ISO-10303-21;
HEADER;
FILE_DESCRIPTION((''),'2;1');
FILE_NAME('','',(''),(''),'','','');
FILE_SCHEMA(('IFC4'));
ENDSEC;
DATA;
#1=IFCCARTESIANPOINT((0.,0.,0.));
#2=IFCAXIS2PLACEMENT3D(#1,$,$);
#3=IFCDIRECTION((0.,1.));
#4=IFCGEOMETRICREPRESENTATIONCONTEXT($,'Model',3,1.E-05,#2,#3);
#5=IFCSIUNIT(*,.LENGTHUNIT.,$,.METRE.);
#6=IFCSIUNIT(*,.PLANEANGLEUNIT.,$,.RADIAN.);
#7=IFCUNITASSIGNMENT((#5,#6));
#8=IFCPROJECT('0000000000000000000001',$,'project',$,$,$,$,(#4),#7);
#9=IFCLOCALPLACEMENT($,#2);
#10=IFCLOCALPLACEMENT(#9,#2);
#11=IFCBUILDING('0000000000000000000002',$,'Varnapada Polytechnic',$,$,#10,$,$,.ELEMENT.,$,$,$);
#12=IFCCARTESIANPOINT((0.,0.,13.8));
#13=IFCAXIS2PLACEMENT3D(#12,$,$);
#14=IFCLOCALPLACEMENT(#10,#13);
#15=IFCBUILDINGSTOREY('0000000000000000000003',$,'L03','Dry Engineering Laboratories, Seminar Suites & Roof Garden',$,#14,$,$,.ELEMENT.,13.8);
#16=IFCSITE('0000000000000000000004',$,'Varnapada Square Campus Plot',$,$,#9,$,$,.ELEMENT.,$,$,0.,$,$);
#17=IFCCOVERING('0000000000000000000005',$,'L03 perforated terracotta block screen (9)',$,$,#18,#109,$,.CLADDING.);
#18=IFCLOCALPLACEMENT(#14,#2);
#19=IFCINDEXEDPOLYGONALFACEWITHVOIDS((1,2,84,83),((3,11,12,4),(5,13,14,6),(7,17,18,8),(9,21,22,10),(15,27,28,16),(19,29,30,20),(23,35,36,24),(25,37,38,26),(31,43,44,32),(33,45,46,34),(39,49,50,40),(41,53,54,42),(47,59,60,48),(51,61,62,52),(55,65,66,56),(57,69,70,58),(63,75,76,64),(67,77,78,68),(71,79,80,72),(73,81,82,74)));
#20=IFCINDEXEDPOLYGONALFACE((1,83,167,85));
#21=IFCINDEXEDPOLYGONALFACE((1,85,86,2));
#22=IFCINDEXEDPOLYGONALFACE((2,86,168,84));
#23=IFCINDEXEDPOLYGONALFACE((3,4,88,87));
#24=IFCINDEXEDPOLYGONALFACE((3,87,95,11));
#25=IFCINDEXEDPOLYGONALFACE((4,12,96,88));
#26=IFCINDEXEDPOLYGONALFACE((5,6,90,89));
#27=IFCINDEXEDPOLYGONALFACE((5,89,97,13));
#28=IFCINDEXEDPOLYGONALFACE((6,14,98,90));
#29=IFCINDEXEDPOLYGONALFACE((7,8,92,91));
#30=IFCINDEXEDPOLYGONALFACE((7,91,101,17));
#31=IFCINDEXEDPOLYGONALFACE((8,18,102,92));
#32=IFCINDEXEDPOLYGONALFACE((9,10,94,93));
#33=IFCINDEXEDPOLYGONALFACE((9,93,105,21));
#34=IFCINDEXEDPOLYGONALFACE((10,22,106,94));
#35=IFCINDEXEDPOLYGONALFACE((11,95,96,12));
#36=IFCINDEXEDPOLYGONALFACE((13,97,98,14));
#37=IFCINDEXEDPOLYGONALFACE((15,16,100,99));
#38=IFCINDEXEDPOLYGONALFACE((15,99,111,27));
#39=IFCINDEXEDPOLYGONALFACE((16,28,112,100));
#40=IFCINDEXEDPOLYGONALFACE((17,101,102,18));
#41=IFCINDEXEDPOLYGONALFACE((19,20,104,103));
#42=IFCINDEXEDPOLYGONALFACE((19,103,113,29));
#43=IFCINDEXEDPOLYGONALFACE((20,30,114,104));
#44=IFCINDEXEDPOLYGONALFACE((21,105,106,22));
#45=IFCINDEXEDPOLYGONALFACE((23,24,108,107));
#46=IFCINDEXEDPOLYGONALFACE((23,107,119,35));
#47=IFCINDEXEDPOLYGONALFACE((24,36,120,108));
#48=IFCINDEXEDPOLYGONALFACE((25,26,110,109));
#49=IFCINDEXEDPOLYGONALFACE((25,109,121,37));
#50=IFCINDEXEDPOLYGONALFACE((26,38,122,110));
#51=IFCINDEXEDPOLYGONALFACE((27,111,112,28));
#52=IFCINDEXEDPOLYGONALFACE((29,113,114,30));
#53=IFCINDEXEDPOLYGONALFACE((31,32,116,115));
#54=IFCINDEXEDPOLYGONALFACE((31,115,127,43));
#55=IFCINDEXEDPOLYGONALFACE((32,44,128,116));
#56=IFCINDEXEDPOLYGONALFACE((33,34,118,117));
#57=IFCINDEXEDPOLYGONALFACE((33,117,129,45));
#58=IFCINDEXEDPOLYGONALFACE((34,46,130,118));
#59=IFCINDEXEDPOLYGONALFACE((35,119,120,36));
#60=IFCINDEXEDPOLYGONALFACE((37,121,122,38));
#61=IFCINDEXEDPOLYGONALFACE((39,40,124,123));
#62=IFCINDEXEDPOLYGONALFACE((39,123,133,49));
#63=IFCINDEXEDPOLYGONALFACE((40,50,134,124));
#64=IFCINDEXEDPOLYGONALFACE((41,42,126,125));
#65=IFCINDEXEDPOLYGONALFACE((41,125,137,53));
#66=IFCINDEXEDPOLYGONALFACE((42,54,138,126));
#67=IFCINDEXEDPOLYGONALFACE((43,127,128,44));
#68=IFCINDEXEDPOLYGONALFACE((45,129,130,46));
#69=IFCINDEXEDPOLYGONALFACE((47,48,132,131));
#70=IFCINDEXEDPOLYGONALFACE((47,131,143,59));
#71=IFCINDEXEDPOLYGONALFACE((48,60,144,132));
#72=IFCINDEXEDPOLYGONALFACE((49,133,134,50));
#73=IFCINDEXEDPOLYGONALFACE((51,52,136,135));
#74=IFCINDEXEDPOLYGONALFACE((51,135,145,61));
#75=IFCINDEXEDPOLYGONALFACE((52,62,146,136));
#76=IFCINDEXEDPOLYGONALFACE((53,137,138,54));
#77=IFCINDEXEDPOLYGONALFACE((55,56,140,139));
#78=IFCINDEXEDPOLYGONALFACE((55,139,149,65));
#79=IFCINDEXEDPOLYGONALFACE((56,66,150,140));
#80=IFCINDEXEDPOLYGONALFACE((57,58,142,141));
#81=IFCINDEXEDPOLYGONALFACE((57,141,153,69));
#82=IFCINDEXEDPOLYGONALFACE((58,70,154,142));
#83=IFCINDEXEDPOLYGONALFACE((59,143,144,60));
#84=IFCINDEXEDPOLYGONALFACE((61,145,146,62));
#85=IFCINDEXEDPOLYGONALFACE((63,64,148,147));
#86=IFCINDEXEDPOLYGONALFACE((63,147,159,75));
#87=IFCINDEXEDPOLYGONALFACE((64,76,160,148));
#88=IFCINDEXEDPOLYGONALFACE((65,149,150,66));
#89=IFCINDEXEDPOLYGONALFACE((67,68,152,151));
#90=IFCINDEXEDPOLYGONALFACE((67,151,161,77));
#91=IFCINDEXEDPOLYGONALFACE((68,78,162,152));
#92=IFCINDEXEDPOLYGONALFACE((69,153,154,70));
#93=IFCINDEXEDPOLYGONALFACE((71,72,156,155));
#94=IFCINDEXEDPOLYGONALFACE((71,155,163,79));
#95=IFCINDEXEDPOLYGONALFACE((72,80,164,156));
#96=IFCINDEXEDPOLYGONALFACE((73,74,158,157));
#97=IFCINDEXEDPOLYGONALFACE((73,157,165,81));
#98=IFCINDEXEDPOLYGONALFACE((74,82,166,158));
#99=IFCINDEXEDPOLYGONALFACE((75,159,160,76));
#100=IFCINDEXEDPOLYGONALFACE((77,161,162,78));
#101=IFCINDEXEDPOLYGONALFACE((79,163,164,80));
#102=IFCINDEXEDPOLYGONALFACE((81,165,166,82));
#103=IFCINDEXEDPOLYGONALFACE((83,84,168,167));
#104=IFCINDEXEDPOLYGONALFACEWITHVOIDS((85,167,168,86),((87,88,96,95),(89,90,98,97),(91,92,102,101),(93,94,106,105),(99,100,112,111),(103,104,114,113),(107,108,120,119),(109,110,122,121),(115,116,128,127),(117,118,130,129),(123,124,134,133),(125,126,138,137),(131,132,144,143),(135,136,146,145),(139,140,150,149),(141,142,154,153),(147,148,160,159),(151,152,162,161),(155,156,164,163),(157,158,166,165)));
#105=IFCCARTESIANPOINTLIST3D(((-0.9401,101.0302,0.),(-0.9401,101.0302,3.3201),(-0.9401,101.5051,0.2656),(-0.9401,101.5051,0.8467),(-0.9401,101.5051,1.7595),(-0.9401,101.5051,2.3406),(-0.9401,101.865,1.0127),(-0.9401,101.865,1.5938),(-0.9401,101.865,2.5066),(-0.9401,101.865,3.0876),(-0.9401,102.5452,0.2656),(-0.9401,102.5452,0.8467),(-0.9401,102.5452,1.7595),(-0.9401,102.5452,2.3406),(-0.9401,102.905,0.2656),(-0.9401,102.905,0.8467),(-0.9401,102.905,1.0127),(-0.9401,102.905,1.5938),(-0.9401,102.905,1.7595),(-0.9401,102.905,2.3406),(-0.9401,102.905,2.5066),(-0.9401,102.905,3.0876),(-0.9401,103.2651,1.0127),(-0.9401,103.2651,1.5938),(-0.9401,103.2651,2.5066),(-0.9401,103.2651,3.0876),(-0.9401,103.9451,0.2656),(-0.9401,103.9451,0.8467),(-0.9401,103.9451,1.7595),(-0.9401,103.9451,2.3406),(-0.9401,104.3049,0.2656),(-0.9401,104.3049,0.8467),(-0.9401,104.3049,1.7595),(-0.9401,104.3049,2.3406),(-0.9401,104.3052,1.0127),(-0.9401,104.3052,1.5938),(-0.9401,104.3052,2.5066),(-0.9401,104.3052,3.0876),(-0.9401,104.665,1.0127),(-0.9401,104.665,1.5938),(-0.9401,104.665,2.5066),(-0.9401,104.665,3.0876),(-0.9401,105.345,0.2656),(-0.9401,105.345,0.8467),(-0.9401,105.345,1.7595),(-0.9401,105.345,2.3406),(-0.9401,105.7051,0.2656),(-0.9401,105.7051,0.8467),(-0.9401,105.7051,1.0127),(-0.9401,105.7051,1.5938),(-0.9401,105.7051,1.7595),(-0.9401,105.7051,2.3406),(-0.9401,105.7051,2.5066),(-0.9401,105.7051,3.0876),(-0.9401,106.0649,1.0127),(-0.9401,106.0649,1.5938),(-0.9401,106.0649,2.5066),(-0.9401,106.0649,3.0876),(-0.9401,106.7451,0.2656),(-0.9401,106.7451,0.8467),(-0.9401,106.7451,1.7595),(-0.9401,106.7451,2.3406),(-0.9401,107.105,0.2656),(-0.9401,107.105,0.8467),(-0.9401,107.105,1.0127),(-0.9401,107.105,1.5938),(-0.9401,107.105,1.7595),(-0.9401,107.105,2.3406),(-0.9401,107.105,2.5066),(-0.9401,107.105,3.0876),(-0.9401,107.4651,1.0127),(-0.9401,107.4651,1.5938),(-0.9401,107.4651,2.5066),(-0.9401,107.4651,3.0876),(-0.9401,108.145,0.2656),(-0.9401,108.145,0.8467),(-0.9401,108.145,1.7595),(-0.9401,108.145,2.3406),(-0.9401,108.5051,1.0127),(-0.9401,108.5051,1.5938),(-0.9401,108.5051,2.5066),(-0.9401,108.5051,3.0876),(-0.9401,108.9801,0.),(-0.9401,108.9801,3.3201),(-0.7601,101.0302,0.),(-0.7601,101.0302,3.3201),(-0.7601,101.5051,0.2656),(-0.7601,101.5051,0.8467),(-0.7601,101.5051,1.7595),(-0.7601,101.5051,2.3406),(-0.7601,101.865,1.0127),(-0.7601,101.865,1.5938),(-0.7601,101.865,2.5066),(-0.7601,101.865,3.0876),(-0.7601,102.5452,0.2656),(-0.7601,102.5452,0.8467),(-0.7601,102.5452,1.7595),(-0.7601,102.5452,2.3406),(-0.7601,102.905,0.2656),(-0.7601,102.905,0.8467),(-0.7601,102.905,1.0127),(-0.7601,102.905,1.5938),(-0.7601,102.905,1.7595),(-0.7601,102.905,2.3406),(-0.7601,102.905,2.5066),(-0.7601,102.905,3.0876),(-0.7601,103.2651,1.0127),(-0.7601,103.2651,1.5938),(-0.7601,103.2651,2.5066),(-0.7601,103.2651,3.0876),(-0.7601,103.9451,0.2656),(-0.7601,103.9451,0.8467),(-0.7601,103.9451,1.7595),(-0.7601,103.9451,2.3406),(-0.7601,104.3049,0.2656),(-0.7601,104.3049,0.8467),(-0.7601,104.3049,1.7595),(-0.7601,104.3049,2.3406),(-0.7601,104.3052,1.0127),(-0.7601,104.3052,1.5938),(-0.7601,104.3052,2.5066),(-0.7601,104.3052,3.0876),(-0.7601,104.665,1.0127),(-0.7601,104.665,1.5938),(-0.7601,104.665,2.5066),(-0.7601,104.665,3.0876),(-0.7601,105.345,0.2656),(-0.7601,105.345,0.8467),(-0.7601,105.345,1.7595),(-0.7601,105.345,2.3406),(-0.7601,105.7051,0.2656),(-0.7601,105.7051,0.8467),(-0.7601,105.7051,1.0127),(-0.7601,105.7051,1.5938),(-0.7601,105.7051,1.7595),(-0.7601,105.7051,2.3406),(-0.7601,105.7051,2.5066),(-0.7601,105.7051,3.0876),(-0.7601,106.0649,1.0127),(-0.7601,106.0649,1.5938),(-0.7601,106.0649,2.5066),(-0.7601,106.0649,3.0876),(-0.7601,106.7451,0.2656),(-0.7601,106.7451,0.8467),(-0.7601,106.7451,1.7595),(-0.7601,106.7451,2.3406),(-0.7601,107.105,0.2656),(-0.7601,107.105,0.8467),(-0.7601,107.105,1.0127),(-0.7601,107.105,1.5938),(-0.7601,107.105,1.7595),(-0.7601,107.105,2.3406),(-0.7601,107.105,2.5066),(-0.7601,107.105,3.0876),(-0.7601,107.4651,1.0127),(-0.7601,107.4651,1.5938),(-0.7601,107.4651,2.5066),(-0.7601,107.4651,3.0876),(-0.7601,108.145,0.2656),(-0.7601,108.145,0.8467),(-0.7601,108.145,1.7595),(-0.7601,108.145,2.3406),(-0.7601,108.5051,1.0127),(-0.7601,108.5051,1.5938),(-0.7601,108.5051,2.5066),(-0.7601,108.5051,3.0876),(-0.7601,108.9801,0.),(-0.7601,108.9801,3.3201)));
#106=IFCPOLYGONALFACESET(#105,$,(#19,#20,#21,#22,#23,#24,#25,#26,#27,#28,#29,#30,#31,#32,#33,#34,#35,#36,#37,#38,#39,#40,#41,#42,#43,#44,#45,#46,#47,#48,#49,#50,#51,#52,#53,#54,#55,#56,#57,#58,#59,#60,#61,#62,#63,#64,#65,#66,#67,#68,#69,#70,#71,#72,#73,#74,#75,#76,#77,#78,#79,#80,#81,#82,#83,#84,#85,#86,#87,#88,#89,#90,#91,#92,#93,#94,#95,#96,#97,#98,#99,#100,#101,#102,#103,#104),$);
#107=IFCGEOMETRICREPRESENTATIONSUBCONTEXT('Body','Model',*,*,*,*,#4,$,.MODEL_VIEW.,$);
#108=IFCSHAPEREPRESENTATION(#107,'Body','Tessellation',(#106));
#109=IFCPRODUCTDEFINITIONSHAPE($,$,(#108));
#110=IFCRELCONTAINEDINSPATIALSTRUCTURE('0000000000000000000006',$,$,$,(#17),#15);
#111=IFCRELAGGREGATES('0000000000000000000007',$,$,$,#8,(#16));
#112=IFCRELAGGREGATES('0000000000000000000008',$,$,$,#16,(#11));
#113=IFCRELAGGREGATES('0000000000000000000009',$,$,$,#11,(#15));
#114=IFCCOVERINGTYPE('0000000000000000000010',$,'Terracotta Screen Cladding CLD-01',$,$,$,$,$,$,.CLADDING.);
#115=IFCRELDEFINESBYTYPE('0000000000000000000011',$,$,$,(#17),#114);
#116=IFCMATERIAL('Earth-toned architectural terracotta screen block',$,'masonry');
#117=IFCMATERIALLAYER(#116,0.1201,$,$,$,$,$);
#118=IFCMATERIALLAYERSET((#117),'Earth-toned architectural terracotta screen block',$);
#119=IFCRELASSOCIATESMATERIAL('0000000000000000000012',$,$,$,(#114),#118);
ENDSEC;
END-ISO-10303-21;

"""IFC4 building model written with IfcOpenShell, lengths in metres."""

from ifc_helpers import new_model, si_unit, direction, frame, frame_2d, origin, place, context, subcontext, project, spatial, rectangle, extrude, material, layer, layer_set, type_object, element, save


model = new_model("IFC4")

# Units and contexts
model_context = context("Model", 3, precision=1e-05, world=origin(), true_north=direction((0.0, 1.0)))
body_context = subcontext(model_context, "Body", "Model", "MODEL_VIEW")
ifc_project = project(units=[si_unit("LENGTHUNIT", "METRE"), si_unit("PLANEANGLEUNIT", "RADIAN")], contexts=[model_context])

# Site, building, storey
site_placement = place(None, origin())
site = spatial("IfcSite", under=ifc_project, at=site_placement, Name="Varnapada Square Campus Plot", CompositionType="ELEMENT", RefElevation=0.0)
building_placement = place(site_placement, origin())
building = spatial("IfcBuilding", under=site, at=building_placement, Name="Varnapada Polytechnic", CompositionType="ELEMENT")
storey_placement = place(building_placement, frame((0.0, 0.0, 13.8)))
storey = spatial("IfcBuildingStorey", under=building, at=storey_placement, Name="L03", Description="Dry Engineering Laboratories, Seminar Suites & Roof Garden", CompositionType="ELEMENT", Elevation=13.8)

# Covering, openings
ifc_material_1 = material(Name="Earth-toned architectural terracotta screen block", Category="masonry")
ifc_layer_1 = layer(ifc_material_1, 0.1201)
ifc_layer_set_1 = layer_set([ifc_layer_1], Name="Earth-toned architectural terracotta screen block")
covering_type = type_object("IfcCoveringType", Name="Terracotta Screen Cladding CLD-01", PredefinedType="CLADDING", material=ifc_layer_set_1)
covering_placement = place(storey_placement, frame((-0.8501, 101.03, 0.0), z_axis=(0.0, 0.0, 1.0), x_axis=(0.0, 1.0, 0.0)))
covering = element("IfcCovering", 1, at=covering_placement, inside=storey, type_object=covering_type, Name="L03 perforated terracotta block screen (9)", PredefinedType="CLADDING", context=body_context, shape_type="SweptSolid", body=[
    extrude(rectangle(XDim=7.95, YDim=0.1799, at=frame_2d((3.9751, 0.0))), origin(), (0.0, 0.0, 1.0), 3.3201),
])
opening_1_placement = place(covering_placement, frame((0.4751, 0.0, 0.2656)))
element("IfcOpeningElement", 2, at=opening_1_placement, cuts=covering, PredefinedType="OPENING", context=body_context, shape_type="SweptSolid", body=[
    extrude(rectangle(XDim=1.04, YDim=0.5811, at=frame_2d((0.52, 0.2905))), frame((0.0, 0.0999, 0.0), z_axis=(0.0, -1.0, 0.0), x_axis=(1.0, 0.0, 0.0)), (0.0, 0.0, 1.0), 0.2),
])
opening_2_placement = place(covering_placement, frame((1.875, 0.0, 0.2656)))
element("IfcOpeningElement", 3, at=opening_2_placement, cuts=covering, PredefinedType="OPENING", context=body_context, shape_type="SweptSolid", body=[
    extrude(rectangle(XDim=1.04, YDim=0.5811, at=frame_2d((0.52, 0.2905))), frame((0.0, 0.0999, 0.0), z_axis=(0.0, -1.0, 0.0), x_axis=(1.0, 0.0, 0.0)), (0.0, 0.0, 1.0), 0.2),
])
opening_3_placement = place(covering_placement, frame((3.2749, 0.0, 0.2656)))
element("IfcOpeningElement", 4, at=opening_3_placement, cuts=covering, PredefinedType="OPENING", context=body_context, shape_type="SweptSolid", body=[
    extrude(rectangle(XDim=1.04, YDim=0.5811, at=frame_2d((0.52, 0.2905))), frame((0.0, 0.0999, 0.0), z_axis=(0.0, -1.0, 0.0), x_axis=(1.0, 0.0, 0.0)), (0.0, 0.0, 1.0), 0.2),
])
opening_4_placement = place(covering_placement, frame((4.675, 0.0, 0.2656)))
element("IfcOpeningElement", 5, at=opening_4_placement, cuts=covering, PredefinedType="OPENING", context=body_context, shape_type="SweptSolid", body=[
    extrude(rectangle(XDim=1.04, YDim=0.5811, at=frame_2d((0.52, 0.2905))), frame((0.0, 0.0999, 0.0), z_axis=(0.0, -1.0, 0.0), x_axis=(1.0, 0.0, 0.0)), (0.0, 0.0, 1.0), 0.2),
])
opening_5_placement = place(covering_placement, frame((6.075, 0.0, 0.2656)))
element("IfcOpeningElement", 6, at=opening_5_placement, cuts=covering, PredefinedType="OPENING", context=body_context, shape_type="SweptSolid", body=[
    extrude(rectangle(XDim=1.04, YDim=0.5811, at=frame_2d((0.52, 0.2905))), frame((0.0, 0.0999, 0.0), z_axis=(0.0, -1.0, 0.0), x_axis=(1.0, 0.0, 0.0)), (0.0, 0.0, 1.0), 0.2),
])
opening_6_placement = place(covering_placement, frame((0.835, 0.0, 1.0127)))
element("IfcOpeningElement", 7, at=opening_6_placement, cuts=covering, PredefinedType="OPENING", context=body_context, shape_type="SweptSolid", body=[
    extrude(rectangle(XDim=1.04, YDim=0.5811, at=frame_2d((0.52, 0.2905))), frame((0.0, 0.0999, 0.0), z_axis=(0.0, -1.0, 0.0), x_axis=(1.0, 0.0, 0.0)), (0.0, 0.0, 1.0), 0.2),
])
opening_7_placement = place(covering_placement, frame((2.2351, 0.0, 1.0127)))
element("IfcOpeningElement", 8, at=opening_7_placement, cuts=covering, PredefinedType="OPENING", context=body_context, shape_type="SweptSolid", body=[
    extrude(rectangle(XDim=1.04, YDim=0.5811, at=frame_2d((0.52, 0.2905))), frame((0.0, 0.0999, 0.0), z_axis=(0.0, -1.0, 0.0), x_axis=(1.0, 0.0, 0.0)), (0.0, 0.0, 1.0), 0.2),
])
opening_8_placement = place(covering_placement, frame((3.635, 0.0, 1.0127)))
element("IfcOpeningElement", 9, at=opening_8_placement, cuts=covering, PredefinedType="OPENING", context=body_context, shape_type="SweptSolid", body=[
    extrude(rectangle(XDim=1.04, YDim=0.5811, at=frame_2d((0.52, 0.2905))), frame((0.0, 0.0999, 0.0), z_axis=(0.0, -1.0, 0.0), x_axis=(1.0, 0.0, 0.0)), (0.0, 0.0, 1.0), 0.2),
])
opening_9_placement = place(covering_placement, frame((5.0349, 0.0, 1.0127)))
element("IfcOpeningElement", 10, at=opening_9_placement, cuts=covering, PredefinedType="OPENING", context=body_context, shape_type="SweptSolid", body=[
    extrude(rectangle(XDim=1.04, YDim=0.5811, at=frame_2d((0.52, 0.2905))), frame((0.0, 0.0999, 0.0), z_axis=(0.0, -1.0, 0.0), x_axis=(1.0, 0.0, 0.0)), (0.0, 0.0, 1.0), 0.2),
])
opening_10_placement = place(covering_placement, frame((6.4351, 0.0, 1.0127)))
element("IfcOpeningElement", 11, at=opening_10_placement, cuts=covering, PredefinedType="OPENING", context=body_context, shape_type="SweptSolid", body=[
    extrude(rectangle(XDim=1.04, YDim=0.5811, at=frame_2d((0.52, 0.2905))), frame((0.0, 0.0999, 0.0), z_axis=(0.0, -1.0, 0.0), x_axis=(1.0, 0.0, 0.0)), (0.0, 0.0, 1.0), 0.2),
])
opening_11_placement = place(covering_placement, frame((0.4751, 0.0, 1.7595)))
element("IfcOpeningElement", 12, at=opening_11_placement, cuts=covering, PredefinedType="OPENING", context=body_context, shape_type="SweptSolid", body=[
    extrude(rectangle(XDim=1.04, YDim=0.5811, at=frame_2d((0.52, 0.2905))), frame((0.0, 0.0999, 0.0), z_axis=(0.0, -1.0, 0.0), x_axis=(1.0, 0.0, 0.0)), (0.0, 0.0, 1.0), 0.2),
])
opening_12_placement = place(covering_placement, frame((1.875, 0.0, 1.7595)))
element("IfcOpeningElement", 13, at=opening_12_placement, cuts=covering, PredefinedType="OPENING", context=body_context, shape_type="SweptSolid", body=[
    extrude(rectangle(XDim=1.04, YDim=0.5811, at=frame_2d((0.52, 0.2905))), frame((0.0, 0.0999, 0.0), z_axis=(0.0, -1.0, 0.0), x_axis=(1.0, 0.0, 0.0)), (0.0, 0.0, 1.0), 0.2),
])
opening_13_placement = place(covering_placement, frame((3.2749, 0.0, 1.7595)))
element("IfcOpeningElement", 14, at=opening_13_placement, cuts=covering, PredefinedType="OPENING", context=body_context, shape_type="SweptSolid", body=[
    extrude(rectangle(XDim=1.04, YDim=0.5811, at=frame_2d((0.52, 0.2905))), frame((0.0, 0.0999, 0.0), z_axis=(0.0, -1.0, 0.0), x_axis=(1.0, 0.0, 0.0)), (0.0, 0.0, 1.0), 0.2),
])
opening_14_placement = place(covering_placement, frame((4.675, 0.0, 1.7595)))
element("IfcOpeningElement", 15, at=opening_14_placement, cuts=covering, PredefinedType="OPENING", context=body_context, shape_type="SweptSolid", body=[
    extrude(rectangle(XDim=1.04, YDim=0.5811, at=frame_2d((0.52, 0.2905))), frame((0.0, 0.0999, 0.0), z_axis=(0.0, -1.0, 0.0), x_axis=(1.0, 0.0, 0.0)), (0.0, 0.0, 1.0), 0.2),
])
opening_15_placement = place(covering_placement, frame((6.075, 0.0, 1.7595)))
element("IfcOpeningElement", 16, at=opening_15_placement, cuts=covering, PredefinedType="OPENING", context=body_context, shape_type="SweptSolid", body=[
    extrude(rectangle(XDim=1.04, YDim=0.5811, at=frame_2d((0.52, 0.2905))), frame((0.0, 0.0999, 0.0), z_axis=(0.0, -1.0, 0.0), x_axis=(1.0, 0.0, 0.0)), (0.0, 0.0, 1.0), 0.2),
])
opening_16_placement = place(covering_placement, frame((0.835, 0.0, 2.5066)))
element("IfcOpeningElement", 17, at=opening_16_placement, cuts=covering, PredefinedType="OPENING", context=body_context, shape_type="SweptSolid", body=[
    extrude(rectangle(XDim=1.04, YDim=0.5811, at=frame_2d((0.52, 0.2905))), frame((0.0, 0.0999, 0.0), z_axis=(0.0, -1.0, 0.0), x_axis=(1.0, 0.0, 0.0)), (0.0, 0.0, 1.0), 0.2),
])
opening_17_placement = place(covering_placement, frame((2.2351, 0.0, 2.5066)))
element("IfcOpeningElement", 18, at=opening_17_placement, cuts=covering, PredefinedType="OPENING", context=body_context, shape_type="SweptSolid", body=[
    extrude(rectangle(XDim=1.04, YDim=0.5811, at=frame_2d((0.52, 0.2905))), frame((0.0, 0.0999, 0.0), z_axis=(0.0, -1.0, 0.0), x_axis=(1.0, 0.0, 0.0)), (0.0, 0.0, 1.0), 0.2),
])
opening_18_placement = place(covering_placement, frame((3.635, 0.0, 2.5066)))
element("IfcOpeningElement", 19, at=opening_18_placement, cuts=covering, PredefinedType="OPENING", context=body_context, shape_type="SweptSolid", body=[
    extrude(rectangle(XDim=1.04, YDim=0.5811, at=frame_2d((0.52, 0.2905))), frame((0.0, 0.0999, 0.0), z_axis=(0.0, -1.0, 0.0), x_axis=(1.0, 0.0, 0.0)), (0.0, 0.0, 1.0), 0.2),
])
opening_19_placement = place(covering_placement, frame((5.0349, 0.0, 2.5066)))
element("IfcOpeningElement", 20, at=opening_19_placement, cuts=covering, PredefinedType="OPENING", context=body_context, shape_type="SweptSolid", body=[
    extrude(rectangle(XDim=1.04, YDim=0.5811, at=frame_2d((0.52, 0.2905))), frame((0.0, 0.0999, 0.0), z_axis=(0.0, -1.0, 0.0), x_axis=(1.0, 0.0, 0.0)), (0.0, 0.0, 1.0), 0.2),
])
opening_20_placement = place(covering_placement, frame((6.4351, 0.0, 2.5066)))
element("IfcOpeningElement", 21, at=opening_20_placement, cuts=covering, PredefinedType="OPENING", context=body_context, shape_type="SweptSolid", body=[
    extrude(rectangle(XDim=1.04, YDim=0.5811, at=frame_2d((0.52, 0.2905))), frame((0.0, 0.0999, 0.0), z_axis=(0.0, -1.0, 0.0), x_axis=(1.0, 0.0, 0.0)), (0.0, 0.0, 1.0), 0.2),
])

save(model, "model.ifc")
